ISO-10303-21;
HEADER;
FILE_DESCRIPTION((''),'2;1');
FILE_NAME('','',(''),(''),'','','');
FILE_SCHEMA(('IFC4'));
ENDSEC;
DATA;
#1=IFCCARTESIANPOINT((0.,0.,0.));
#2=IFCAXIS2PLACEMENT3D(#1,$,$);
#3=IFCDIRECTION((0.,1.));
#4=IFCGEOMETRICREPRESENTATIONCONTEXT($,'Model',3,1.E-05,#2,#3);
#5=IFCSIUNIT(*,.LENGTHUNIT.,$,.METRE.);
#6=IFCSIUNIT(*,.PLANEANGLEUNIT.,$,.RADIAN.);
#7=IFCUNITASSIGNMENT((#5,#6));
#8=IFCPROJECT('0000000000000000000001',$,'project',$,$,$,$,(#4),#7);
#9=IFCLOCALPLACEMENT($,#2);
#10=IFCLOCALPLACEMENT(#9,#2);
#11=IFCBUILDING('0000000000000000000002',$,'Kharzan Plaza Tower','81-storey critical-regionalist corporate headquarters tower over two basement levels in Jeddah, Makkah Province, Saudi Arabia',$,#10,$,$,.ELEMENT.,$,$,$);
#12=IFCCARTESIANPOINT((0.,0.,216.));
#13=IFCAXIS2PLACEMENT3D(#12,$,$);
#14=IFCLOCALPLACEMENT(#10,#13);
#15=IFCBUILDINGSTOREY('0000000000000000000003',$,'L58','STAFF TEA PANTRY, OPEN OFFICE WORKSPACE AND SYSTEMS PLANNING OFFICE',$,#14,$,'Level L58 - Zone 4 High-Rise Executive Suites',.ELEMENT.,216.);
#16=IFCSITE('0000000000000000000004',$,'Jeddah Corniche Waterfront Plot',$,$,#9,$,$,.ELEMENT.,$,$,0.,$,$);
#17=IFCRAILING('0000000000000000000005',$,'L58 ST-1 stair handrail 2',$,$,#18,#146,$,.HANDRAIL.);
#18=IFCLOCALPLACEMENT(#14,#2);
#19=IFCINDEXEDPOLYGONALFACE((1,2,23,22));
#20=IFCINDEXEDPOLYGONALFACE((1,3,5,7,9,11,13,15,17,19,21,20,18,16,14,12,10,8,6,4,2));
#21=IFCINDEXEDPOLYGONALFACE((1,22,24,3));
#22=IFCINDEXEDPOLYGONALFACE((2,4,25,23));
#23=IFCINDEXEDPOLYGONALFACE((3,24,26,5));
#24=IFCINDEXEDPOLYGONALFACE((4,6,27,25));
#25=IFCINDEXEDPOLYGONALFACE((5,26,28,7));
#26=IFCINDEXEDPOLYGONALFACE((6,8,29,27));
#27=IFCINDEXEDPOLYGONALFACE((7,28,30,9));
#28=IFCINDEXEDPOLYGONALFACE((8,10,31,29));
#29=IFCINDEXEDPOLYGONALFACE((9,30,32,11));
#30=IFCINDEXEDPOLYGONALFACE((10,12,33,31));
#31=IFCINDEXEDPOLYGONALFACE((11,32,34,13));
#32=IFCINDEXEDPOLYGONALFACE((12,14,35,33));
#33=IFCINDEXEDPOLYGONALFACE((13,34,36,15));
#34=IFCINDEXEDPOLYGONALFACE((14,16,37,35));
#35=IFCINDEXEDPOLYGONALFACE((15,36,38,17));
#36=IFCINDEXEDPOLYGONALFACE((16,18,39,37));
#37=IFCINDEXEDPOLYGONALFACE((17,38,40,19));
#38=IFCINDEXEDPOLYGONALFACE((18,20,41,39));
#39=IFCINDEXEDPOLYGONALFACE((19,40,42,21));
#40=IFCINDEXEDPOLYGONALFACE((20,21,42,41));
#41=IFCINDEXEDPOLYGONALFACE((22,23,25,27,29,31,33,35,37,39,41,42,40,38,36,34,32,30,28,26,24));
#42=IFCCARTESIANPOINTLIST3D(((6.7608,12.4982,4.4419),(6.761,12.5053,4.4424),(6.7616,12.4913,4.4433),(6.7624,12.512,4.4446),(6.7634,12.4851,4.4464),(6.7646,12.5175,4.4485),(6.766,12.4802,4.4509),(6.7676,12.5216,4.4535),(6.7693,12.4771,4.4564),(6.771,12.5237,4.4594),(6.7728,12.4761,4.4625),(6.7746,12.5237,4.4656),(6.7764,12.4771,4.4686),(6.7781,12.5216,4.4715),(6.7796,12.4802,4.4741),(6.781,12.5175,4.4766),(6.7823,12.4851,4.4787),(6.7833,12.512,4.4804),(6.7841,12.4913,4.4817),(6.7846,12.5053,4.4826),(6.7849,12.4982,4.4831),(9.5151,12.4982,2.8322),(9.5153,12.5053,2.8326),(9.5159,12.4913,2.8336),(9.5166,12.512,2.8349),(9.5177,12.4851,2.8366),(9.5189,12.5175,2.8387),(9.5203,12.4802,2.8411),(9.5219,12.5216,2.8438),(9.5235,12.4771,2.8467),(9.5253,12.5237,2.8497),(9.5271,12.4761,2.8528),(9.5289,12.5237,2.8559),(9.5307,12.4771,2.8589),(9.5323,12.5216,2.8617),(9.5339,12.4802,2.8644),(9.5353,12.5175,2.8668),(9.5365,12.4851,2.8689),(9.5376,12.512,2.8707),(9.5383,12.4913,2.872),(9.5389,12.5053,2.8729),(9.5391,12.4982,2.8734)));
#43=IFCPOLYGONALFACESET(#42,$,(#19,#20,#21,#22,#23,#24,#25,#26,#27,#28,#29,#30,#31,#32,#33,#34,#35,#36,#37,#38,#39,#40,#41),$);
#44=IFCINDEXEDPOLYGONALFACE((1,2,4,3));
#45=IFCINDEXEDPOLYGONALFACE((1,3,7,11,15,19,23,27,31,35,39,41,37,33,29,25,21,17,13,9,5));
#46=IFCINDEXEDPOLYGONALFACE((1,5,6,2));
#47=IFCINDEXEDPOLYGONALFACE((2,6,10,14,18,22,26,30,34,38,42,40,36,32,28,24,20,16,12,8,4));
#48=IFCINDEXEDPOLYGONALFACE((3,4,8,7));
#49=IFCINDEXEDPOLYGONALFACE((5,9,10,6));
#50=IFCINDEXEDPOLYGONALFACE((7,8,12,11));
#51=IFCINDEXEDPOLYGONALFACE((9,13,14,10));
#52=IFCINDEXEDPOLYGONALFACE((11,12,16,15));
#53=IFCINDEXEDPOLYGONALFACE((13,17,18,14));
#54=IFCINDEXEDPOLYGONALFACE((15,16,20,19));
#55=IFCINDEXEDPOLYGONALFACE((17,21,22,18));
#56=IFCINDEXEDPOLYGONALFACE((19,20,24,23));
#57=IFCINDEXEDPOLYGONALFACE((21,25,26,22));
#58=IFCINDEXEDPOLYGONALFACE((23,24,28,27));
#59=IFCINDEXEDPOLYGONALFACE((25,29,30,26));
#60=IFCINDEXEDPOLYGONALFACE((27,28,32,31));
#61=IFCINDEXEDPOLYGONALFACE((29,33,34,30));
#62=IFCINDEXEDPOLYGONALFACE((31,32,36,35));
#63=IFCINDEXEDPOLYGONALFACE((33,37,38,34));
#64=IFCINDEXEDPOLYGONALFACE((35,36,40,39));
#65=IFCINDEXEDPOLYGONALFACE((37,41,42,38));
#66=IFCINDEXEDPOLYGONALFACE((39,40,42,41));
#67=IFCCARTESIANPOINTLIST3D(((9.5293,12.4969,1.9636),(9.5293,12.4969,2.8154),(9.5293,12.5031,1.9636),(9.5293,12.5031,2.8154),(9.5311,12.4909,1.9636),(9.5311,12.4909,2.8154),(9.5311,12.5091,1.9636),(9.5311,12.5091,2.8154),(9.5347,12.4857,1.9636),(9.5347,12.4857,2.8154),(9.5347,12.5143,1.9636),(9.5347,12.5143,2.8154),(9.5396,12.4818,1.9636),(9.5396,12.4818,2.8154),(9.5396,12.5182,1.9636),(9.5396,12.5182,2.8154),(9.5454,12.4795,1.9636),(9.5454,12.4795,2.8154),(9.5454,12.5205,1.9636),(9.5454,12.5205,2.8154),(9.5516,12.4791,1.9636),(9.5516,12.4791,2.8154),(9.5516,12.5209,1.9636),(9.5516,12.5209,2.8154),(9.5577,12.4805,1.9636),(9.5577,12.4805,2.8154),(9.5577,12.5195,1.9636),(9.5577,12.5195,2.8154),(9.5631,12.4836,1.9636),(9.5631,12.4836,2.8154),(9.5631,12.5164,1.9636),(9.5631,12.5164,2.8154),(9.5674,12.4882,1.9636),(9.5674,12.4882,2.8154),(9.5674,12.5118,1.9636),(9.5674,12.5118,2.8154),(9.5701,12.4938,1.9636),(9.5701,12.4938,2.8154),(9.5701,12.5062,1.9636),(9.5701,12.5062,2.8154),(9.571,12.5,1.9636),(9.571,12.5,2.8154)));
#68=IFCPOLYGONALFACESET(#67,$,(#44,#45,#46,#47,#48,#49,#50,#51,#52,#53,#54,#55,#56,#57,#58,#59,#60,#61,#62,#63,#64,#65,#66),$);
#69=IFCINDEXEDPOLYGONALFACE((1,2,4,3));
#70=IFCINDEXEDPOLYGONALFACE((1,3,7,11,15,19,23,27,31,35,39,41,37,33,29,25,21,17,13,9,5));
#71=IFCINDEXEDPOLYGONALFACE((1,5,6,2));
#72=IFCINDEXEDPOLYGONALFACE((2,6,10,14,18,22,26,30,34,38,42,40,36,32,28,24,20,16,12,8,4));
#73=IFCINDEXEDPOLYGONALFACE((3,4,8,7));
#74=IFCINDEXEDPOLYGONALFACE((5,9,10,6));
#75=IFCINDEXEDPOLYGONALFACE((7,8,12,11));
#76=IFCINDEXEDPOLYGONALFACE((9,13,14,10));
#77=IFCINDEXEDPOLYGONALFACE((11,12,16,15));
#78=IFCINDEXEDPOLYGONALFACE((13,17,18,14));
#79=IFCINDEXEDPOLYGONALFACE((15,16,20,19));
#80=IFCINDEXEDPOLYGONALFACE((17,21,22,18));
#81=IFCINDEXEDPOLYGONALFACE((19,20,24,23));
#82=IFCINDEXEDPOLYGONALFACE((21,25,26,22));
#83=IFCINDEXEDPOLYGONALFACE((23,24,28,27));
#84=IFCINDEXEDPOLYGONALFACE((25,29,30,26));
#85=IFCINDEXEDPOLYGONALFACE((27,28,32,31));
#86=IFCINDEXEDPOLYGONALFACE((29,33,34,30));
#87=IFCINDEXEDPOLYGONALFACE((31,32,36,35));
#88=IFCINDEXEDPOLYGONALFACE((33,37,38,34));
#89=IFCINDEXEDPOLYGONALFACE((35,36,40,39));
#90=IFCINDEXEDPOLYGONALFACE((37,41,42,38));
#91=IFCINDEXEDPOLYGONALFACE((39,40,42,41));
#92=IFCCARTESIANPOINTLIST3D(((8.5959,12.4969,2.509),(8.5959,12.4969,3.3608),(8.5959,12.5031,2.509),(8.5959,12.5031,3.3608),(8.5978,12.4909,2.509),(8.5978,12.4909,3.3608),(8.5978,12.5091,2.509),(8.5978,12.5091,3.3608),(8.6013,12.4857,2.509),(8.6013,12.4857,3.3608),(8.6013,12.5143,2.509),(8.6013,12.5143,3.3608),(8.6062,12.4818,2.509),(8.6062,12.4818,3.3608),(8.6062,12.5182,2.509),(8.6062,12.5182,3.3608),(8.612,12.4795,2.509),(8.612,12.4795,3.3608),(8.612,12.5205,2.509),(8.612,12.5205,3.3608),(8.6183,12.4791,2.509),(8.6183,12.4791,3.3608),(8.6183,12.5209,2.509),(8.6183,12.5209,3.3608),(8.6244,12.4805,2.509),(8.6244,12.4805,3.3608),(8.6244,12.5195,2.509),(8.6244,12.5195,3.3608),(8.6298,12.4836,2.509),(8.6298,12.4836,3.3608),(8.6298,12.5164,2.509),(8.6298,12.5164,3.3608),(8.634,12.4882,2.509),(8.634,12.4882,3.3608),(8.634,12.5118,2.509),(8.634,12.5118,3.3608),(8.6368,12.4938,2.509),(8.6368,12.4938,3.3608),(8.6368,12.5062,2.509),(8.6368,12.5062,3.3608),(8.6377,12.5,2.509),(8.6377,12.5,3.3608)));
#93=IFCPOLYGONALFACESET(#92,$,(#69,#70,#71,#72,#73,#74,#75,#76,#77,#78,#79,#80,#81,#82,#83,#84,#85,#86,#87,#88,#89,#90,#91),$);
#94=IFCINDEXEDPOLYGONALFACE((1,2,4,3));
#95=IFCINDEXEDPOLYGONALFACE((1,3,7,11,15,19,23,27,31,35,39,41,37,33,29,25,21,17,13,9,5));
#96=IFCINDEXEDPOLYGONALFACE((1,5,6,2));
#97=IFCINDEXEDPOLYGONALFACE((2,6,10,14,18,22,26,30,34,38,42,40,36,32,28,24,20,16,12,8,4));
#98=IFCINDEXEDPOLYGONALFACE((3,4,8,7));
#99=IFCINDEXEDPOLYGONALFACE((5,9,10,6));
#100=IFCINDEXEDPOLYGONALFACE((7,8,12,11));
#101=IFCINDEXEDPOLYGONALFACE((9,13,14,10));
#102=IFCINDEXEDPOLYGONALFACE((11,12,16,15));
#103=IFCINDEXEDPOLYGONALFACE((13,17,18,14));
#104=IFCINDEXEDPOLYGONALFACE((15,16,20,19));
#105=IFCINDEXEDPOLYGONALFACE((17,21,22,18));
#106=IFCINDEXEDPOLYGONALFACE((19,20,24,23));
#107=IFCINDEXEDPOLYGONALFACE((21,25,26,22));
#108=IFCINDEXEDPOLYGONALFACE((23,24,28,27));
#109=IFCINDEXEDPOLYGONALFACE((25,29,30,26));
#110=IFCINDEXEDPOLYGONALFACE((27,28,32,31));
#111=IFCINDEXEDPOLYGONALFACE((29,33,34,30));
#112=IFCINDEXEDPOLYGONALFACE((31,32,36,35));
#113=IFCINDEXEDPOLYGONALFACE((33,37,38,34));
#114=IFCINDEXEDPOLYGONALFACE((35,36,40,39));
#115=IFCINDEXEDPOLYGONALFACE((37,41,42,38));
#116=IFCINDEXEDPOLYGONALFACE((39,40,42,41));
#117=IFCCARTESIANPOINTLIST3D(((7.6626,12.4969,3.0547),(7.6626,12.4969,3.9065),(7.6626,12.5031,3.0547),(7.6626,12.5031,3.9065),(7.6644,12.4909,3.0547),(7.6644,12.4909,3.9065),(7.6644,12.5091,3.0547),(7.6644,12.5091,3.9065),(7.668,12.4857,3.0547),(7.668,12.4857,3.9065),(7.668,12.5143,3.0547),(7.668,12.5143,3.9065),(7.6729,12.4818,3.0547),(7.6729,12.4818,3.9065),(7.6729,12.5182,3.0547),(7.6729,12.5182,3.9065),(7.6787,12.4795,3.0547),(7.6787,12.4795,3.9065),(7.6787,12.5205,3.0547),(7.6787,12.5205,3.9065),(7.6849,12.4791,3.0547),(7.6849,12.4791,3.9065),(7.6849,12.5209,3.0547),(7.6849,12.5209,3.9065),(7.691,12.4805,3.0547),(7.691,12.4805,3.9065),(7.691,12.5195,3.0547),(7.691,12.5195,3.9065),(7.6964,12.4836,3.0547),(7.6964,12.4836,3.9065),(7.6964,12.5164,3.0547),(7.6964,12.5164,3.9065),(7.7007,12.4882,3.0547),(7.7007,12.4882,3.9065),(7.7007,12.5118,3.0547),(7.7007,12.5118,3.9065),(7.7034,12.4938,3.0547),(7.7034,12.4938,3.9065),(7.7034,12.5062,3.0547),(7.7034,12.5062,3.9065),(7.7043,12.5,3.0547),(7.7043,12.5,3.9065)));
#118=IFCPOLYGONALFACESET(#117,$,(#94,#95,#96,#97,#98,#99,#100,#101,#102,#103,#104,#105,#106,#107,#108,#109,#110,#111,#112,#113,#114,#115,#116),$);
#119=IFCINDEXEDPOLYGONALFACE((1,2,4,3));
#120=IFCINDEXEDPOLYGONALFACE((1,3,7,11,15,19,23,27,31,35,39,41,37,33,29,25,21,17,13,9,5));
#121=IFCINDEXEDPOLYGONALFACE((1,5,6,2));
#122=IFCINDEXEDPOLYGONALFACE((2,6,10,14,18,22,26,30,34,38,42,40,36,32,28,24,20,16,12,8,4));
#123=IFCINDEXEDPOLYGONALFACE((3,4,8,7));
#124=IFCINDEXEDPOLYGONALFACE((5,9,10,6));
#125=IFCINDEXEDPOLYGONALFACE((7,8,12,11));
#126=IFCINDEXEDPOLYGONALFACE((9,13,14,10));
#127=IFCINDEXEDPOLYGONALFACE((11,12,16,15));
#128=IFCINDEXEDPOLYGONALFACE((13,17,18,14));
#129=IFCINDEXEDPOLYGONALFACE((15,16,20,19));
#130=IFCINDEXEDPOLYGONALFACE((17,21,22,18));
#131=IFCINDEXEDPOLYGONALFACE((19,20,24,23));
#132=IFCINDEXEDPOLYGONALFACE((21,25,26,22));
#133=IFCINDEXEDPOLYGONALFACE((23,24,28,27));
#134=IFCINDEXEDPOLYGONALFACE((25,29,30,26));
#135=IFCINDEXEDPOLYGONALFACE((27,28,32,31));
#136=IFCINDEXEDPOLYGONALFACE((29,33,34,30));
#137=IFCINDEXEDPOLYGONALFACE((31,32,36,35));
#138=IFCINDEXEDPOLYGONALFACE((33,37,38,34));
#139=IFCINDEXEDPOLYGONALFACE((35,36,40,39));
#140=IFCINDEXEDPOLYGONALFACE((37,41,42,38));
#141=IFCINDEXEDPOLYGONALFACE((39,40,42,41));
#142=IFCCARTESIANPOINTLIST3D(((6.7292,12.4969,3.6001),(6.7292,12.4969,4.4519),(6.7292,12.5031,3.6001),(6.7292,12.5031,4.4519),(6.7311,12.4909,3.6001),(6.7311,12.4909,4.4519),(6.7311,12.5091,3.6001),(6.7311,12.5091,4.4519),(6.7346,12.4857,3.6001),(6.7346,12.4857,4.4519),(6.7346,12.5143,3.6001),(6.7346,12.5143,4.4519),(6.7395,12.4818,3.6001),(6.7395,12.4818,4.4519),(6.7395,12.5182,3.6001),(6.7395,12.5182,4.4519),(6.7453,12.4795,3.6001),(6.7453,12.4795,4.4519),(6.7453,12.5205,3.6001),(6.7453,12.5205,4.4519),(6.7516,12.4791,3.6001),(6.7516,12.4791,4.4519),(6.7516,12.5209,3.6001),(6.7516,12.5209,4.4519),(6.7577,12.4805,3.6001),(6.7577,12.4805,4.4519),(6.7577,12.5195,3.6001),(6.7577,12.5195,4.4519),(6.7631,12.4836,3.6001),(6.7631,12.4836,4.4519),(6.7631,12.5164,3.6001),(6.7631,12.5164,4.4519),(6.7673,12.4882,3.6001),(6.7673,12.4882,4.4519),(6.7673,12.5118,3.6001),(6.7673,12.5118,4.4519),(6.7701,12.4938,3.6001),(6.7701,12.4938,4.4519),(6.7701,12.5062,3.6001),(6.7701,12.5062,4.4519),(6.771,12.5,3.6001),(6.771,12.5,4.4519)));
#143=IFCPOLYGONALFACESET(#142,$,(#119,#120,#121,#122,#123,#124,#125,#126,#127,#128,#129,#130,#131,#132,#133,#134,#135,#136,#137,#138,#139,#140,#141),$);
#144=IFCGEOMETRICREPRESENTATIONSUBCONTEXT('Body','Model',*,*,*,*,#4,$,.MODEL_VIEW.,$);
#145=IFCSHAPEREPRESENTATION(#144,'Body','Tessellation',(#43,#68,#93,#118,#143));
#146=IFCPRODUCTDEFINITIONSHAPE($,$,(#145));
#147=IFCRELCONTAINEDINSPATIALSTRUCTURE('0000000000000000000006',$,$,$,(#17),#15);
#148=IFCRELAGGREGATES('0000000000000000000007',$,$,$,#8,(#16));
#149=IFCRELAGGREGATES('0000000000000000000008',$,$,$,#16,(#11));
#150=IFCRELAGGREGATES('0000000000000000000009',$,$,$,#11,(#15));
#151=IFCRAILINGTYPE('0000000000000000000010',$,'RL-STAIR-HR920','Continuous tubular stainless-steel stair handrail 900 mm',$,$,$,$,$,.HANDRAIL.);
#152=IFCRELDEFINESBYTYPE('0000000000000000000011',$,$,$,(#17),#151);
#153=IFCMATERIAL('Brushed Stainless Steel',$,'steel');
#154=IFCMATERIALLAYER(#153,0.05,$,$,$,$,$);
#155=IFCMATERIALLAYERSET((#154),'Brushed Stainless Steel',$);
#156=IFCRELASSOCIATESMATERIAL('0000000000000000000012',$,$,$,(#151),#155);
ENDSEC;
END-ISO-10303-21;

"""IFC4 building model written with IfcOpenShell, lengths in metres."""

from ifc_helpers import new_model, si_unit, direction, frame, origin, origin_2d, place, context, subcontext, project, spatial, circle, extrude, source, transform, mapped, material, layer, layer_set, type_object, element, save


model = new_model("IFC4")

# Units and contexts
model_context = context("Model", 3, precision=1e-05, world=origin(), true_north=direction((0.0, 1.0)))
body_context = subcontext(model_context, "Body", "Model", "MODEL_VIEW")
ifc_project = project(units=[si_unit("LENGTHUNIT", "METRE"), si_unit("PLANEANGLEUNIT", "RADIAN")], contexts=[model_context])

# Site, building, storey
site_placement = place(None, origin())
site = spatial("IfcSite", under=ifc_project, at=site_placement, Name="Jeddah Corniche Waterfront Plot", CompositionType="ELEMENT", RefElevation=0.0)
building_placement = place(site_placement, origin())
building = spatial("IfcBuilding", under=site, at=building_placement, Name="Kharzan Plaza Tower", Description="81-storey critical-regionalist corporate headquarters tower over two basement levels in Jeddah, Makkah Province, Saudi Arabia", CompositionType="ELEMENT")
storey_placement = place(building_placement, frame((0.0, 0.0, 216.0)))
storey = spatial("IfcBuildingStorey", under=building, at=storey_placement, Name="L58", Description="STAFF TEA PANTRY, OPEN OFFICE WORKSPACE AND SYSTEMS PLANNING OFFICE", LongName="Level L58 - Zone 4 High-Rise Executive Suites", CompositionType="ELEMENT", Elevation=216.0)

# Shared definitions
ifc_material_1 = material(Name="Brushed Stainless Steel", Category="steel")

# Railing
ifc_layer_1 = layer(ifc_material_1, 0.05)
ifc_layer_set_1 = layer_set([ifc_layer_1], Name="Brushed Stainless Steel")
railing_type_1 = type_object("IfcRailingType", Name="RL-STAIR-HR920", Description="Continuous tubular stainless-steel stair handrail 900 mm", PredefinedType="HANDRAIL", material=ifc_layer_set_1)
shared_shape_1 = source(origin(), body_context, "Body", "SweptSolid", [
    extrude(circle(Radius=0.0239, at=origin_2d()), frame((-0.0229, 0.0, 0.8892), z_axis=(-0.863361, 0.0, 0.504587), x_axis=(0.0, -1.0, 0.0)), (0.0, 0.0, 1.0), 3.1902),
    extrude(circle(Radius=0.021, at=origin_2d()), origin(), (0.0, 0.0, 1.0), 0.8518),
    extrude(circle(Radius=0.021, at=origin_2d()), frame((-0.9333, 0.0, 0.5454)), (0.0, 0.0, 1.0), 0.8518),
    extrude(circle(Radius=0.021, at=origin_2d()), frame((-1.8667, 0.0, 1.0911)), (0.0, 0.0, 1.0), 0.8518),
    extrude(circle(Radius=0.021, at=origin_2d()), frame((-2.8, 0.0, 1.6365)), (0.0, 0.0, 1.0), 0.8518),
])
railing_1_placement = place(storey_placement, frame((9.55, 12.5, 1.9636)))
element("IfcRailing", 1, at=railing_1_placement, inside=storey, type_object=railing_type_1, Name="L58 ST-1 stair handrail 2", PredefinedType="HANDRAIL", context=body_context, shape_type="MappedRepresentation", body=[
    mapped(shared_shape_1, transform((0.0, 0.0, 0.0), x_axis=(1.0, 0.0, 0.0), y_axis=(0.0, 1.0, 0.0), z_axis=(0.0, 0.0, 1.0))),
])

save(model, "model.ifc")
